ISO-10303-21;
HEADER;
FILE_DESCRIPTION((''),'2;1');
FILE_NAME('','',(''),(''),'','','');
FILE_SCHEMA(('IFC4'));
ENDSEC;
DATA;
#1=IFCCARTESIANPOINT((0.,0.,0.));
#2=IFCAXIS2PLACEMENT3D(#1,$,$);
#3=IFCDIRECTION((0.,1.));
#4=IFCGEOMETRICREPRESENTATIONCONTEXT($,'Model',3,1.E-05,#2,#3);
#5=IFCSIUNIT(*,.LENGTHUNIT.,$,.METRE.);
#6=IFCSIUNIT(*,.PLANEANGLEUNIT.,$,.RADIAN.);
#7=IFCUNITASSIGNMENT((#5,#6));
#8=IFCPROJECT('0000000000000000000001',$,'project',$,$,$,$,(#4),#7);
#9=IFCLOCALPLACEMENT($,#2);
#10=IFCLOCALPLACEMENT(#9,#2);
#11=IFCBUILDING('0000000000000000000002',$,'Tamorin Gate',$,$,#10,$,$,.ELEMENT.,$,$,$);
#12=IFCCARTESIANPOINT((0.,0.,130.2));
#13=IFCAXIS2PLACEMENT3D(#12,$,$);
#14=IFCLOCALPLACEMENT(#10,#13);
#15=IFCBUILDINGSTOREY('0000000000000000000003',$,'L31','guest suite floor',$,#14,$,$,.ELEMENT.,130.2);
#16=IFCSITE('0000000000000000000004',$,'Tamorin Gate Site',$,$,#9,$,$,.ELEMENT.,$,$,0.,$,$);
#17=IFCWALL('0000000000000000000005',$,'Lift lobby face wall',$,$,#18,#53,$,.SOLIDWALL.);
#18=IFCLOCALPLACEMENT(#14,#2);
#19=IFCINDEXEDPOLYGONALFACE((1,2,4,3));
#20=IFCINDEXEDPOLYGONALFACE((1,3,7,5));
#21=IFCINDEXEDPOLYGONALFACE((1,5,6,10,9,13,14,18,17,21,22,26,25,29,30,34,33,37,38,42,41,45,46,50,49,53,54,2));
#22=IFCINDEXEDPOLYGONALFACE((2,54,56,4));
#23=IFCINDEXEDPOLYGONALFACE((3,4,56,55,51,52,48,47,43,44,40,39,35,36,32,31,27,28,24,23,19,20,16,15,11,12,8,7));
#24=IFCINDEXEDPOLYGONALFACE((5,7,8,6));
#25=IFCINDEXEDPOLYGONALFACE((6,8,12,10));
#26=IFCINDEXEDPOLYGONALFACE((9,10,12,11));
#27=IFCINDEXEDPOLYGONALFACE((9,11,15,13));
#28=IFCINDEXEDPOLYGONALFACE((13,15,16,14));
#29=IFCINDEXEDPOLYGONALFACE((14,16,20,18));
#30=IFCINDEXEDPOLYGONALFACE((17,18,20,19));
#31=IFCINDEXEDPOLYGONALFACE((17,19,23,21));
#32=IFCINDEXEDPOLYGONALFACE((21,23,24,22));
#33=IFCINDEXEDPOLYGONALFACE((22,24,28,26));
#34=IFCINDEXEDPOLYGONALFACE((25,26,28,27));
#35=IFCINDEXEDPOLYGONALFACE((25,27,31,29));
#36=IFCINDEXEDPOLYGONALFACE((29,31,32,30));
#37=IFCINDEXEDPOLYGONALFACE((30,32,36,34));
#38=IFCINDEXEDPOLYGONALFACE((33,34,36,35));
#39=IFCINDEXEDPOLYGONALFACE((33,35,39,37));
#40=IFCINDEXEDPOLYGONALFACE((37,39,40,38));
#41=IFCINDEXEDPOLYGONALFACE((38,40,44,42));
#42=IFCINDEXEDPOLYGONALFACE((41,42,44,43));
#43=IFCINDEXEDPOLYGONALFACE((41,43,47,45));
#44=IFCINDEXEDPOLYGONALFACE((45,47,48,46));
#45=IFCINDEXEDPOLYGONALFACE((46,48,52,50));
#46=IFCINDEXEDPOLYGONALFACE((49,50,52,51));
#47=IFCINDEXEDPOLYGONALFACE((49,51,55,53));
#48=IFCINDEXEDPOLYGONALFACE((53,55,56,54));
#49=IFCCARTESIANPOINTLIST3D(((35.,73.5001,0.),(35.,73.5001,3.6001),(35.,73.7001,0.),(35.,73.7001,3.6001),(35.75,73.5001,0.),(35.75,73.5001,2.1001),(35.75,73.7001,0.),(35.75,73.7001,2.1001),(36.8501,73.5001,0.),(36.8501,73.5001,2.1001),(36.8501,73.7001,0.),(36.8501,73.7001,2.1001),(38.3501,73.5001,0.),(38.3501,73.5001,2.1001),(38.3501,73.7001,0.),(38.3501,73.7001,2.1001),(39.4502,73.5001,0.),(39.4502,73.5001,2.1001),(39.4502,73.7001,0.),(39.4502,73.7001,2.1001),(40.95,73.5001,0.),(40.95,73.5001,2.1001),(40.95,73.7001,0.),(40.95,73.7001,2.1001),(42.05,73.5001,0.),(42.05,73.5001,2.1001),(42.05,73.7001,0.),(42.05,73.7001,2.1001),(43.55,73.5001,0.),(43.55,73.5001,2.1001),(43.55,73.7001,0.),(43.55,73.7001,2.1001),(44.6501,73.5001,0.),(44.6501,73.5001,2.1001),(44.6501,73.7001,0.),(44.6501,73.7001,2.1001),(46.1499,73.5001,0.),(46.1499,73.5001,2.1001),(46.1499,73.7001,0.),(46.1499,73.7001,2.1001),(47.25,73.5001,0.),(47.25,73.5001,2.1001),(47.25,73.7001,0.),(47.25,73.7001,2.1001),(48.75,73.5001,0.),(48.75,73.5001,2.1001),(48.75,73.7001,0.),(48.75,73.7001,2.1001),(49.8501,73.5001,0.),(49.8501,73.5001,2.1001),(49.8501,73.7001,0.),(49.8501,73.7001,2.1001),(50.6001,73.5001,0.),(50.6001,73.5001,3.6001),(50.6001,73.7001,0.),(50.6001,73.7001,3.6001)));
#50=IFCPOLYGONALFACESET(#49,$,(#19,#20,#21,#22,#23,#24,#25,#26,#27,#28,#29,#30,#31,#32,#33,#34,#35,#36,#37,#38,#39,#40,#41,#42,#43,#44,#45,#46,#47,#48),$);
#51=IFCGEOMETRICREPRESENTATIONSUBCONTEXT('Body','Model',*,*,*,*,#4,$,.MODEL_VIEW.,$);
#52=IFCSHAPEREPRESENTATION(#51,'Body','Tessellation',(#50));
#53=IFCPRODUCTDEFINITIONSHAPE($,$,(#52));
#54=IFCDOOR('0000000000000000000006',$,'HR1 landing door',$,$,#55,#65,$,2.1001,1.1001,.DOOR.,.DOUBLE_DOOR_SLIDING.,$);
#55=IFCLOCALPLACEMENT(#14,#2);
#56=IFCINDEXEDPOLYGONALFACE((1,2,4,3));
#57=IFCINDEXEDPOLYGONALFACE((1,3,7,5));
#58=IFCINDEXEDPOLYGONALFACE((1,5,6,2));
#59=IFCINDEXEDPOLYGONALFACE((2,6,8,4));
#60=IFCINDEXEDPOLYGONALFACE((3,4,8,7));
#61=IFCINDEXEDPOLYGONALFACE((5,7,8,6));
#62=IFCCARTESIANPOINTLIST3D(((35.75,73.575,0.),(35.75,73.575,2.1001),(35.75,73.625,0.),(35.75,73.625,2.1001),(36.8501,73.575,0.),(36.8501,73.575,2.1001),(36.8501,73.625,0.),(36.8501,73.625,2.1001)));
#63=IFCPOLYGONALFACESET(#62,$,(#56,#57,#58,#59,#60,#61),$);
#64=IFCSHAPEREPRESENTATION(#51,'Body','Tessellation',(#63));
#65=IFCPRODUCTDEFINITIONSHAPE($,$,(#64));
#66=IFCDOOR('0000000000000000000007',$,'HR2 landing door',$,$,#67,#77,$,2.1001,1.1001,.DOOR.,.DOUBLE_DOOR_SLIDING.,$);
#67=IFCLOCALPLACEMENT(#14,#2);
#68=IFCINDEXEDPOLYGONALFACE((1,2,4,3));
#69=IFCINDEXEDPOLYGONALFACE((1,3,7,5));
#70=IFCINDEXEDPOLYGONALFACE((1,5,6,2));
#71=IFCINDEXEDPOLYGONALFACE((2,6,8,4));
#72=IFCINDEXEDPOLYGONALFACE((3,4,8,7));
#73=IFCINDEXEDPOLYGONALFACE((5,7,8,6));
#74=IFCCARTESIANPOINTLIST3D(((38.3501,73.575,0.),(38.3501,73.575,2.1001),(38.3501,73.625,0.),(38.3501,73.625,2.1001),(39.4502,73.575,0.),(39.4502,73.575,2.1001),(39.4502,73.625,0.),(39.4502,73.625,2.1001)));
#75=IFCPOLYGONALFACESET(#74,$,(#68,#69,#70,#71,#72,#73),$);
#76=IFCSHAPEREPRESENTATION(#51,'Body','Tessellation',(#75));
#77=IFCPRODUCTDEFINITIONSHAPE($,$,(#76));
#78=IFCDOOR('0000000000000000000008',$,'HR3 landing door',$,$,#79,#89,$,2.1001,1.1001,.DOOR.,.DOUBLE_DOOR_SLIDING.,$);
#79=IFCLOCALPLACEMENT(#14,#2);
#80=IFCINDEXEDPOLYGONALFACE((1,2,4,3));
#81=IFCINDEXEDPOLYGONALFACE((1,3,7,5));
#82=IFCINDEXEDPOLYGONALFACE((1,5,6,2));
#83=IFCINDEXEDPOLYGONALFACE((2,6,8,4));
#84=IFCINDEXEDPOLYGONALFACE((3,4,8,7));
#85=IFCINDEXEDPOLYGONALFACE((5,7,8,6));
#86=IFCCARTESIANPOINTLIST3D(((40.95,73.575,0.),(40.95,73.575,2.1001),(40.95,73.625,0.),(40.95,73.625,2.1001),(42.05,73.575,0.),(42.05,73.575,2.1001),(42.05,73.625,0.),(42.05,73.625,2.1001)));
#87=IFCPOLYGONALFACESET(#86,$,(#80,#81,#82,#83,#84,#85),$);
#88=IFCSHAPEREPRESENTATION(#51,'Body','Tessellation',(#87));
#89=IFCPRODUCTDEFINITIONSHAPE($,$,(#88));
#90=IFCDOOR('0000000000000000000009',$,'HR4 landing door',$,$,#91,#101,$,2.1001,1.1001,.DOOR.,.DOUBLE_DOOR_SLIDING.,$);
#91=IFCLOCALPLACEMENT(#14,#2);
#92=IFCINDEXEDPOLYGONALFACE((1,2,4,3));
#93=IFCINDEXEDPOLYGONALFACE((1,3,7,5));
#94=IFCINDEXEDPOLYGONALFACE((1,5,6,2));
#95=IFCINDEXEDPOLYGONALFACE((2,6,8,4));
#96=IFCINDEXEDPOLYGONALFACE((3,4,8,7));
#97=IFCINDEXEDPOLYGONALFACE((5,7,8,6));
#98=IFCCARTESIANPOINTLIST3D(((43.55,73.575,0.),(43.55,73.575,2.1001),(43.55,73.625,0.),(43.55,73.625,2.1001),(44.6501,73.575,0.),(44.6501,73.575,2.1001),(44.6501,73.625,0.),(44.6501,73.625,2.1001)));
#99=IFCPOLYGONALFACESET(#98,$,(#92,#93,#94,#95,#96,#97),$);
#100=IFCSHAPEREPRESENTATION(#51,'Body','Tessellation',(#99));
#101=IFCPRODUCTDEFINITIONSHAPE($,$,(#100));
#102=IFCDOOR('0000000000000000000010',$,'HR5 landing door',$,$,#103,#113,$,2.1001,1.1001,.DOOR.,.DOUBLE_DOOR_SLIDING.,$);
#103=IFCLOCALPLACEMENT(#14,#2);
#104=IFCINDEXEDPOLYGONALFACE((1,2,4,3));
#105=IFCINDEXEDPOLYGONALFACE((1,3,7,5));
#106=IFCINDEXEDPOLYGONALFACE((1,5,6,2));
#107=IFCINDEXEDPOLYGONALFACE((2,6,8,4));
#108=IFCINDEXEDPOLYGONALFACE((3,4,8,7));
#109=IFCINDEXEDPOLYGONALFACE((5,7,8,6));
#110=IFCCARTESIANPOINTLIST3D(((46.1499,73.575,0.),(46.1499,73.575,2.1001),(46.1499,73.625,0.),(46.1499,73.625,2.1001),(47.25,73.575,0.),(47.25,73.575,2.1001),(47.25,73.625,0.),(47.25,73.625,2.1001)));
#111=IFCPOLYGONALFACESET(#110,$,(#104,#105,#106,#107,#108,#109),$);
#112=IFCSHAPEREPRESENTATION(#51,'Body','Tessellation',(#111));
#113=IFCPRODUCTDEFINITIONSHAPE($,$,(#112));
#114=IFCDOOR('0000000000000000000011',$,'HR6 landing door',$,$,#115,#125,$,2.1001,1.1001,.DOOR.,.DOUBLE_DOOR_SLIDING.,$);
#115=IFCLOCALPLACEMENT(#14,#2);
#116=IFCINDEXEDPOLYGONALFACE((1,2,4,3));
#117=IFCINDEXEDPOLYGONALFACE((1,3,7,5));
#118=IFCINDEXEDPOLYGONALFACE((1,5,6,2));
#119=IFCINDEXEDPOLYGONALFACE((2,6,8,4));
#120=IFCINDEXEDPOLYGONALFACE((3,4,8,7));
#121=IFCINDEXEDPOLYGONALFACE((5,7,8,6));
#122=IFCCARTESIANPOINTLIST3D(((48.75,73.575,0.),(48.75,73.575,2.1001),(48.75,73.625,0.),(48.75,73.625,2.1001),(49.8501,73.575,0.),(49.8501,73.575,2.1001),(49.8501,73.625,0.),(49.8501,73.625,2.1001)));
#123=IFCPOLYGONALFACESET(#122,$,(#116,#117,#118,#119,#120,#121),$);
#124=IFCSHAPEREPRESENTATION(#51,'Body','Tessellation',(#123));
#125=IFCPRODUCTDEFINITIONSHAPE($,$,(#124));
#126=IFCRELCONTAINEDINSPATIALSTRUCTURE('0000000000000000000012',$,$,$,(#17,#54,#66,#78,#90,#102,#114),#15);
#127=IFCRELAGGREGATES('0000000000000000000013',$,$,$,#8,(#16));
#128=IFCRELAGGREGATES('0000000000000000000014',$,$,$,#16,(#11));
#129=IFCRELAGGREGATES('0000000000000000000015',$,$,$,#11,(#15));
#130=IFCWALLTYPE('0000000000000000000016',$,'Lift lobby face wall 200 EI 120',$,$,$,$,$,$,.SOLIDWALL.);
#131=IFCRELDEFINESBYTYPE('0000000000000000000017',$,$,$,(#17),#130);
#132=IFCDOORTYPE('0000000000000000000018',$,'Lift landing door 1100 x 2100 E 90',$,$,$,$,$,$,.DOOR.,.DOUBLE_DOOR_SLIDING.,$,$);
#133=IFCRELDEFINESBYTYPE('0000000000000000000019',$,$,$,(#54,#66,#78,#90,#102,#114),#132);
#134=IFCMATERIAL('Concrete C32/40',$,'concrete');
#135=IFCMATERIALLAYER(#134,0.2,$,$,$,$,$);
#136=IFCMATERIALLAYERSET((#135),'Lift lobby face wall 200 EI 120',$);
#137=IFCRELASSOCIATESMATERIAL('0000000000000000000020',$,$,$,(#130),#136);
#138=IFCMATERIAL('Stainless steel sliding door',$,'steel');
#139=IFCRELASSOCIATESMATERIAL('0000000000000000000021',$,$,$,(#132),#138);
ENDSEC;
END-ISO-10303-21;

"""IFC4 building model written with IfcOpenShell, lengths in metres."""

from ifc_helpers import new_model, si_unit, direction, frame, frame_2d, origin, place, context, subcontext, project, spatial, rectangle, extrude, material, layer, layer_set, type_object, element, fill, save


model = new_model("IFC4")

# Units and contexts
model_context = context("Model", 3, precision=1e-05, world=origin(), true_north=direction((0.0, 1.0)))
body_context = subcontext(model_context, "Body", "Model", "MODEL_VIEW")
ifc_project = project(units=[si_unit("LENGTHUNIT", "METRE"), si_unit("PLANEANGLEUNIT", "RADIAN")], contexts=[model_context])

# Site, building, storey
site_placement = place(None, origin())
site = spatial("IfcSite", under=ifc_project, at=site_placement, Name="Tamorin Gate Site", CompositionType="ELEMENT", RefElevation=0.0)
building_placement = place(site_placement, origin())
building = spatial("IfcBuilding", under=site, at=building_placement, Name="Tamorin Gate", CompositionType="ELEMENT")
storey_placement = place(building_placement, frame((0.0, 0.0, 130.2)))
storey = spatial("IfcBuildingStorey", under=building, at=storey_placement, Name="L31", Description="guest suite floor", CompositionType="ELEMENT", Elevation=130.2)

# Wall, openings, doors
ifc_material_1 = material(Name="Concrete C32/40", Category="concrete")
ifc_layer_1 = layer(ifc_material_1, 0.2)
ifc_layer_set_1 = layer_set([ifc_layer_1], Name="Lift lobby face wall 200 EI 120")
wall_type_1 = type_object("IfcWallType", Name="Lift lobby face wall 200 EI 120", PredefinedType="SOLIDWALL", material=ifc_layer_set_1)
wall_1_placement = place(storey_placement, frame((35.0, 73.6001, 0.0), z_axis=(0.0, 0.0, 1.0), x_axis=(1.0, 0.0, 0.0)))
wall_1 = element("IfcWall", 1, at=wall_1_placement, inside=storey, type_object=wall_type_1, Name="Lift lobby face wall", PredefinedType="SOLIDWALL", context=body_context, shape_type="SweptSolid", body=[
    extrude(rectangle(XDim=15.6001, YDim=0.2, at=frame_2d((7.8, 0.0))), origin(), (0.0, 0.0, 1.0), 3.6001),
])
opening_1_placement = place(wall_1_placement, frame((0.75, 0.0, 0.0)))
opening_1 = element("IfcOpeningElement", 2, at=opening_1_placement, cuts=wall_1, PredefinedType="OPENING", context=body_context, shape_type="SweptSolid", body=[
    extrude(rectangle(XDim=1.1001, YDim=2.1001, at=frame_2d((0.55, 1.05))), frame((0.0, 0.1099, 0.0), z_axis=(0.0, -1.0, 0.0), x_axis=(1.0, 0.0, 0.0)), (0.0, 0.0, 1.0), 0.22),
])
opening_2_placement = place(wall_1_placement, frame((3.3501, 0.0, 0.0)))
opening_2 = element("IfcOpeningElement", 3, at=opening_2_placement, cuts=wall_1, PredefinedType="OPENING", context=body_context, shape_type="SweptSolid", body=[
    extrude(rectangle(XDim=1.1001, YDim=2.1001, at=frame_2d((0.55, 1.05))), frame((0.0, 0.1099, 0.0), z_axis=(0.0, -1.0, 0.0), x_axis=(1.0, 0.0, 0.0)), (0.0, 0.0, 1.0), 0.22),
])
opening_3_placement = place(wall_1_placement, frame((5.95, 0.0, 0.0)))
opening_3 = element("IfcOpeningElement", 4, at=opening_3_placement, cuts=wall_1, PredefinedType="OPENING", context=body_context, shape_type="SweptSolid", body=[
    extrude(rectangle(XDim=1.1001, YDim=2.1001, at=frame_2d((0.55, 1.05))), frame((0.0, 0.1099, 0.0), z_axis=(0.0, -1.0, 0.0), x_axis=(1.0, 0.0, 0.0)), (0.0, 0.0, 1.0), 0.22),
])
opening_4_placement = place(wall_1_placement, frame((8.55, 0.0, 0.0)))
opening_4 = element("IfcOpeningElement", 5, at=opening_4_placement, cuts=wall_1, PredefinedType="OPENING", context=body_context, shape_type="SweptSolid", body=[
    extrude(rectangle(XDim=1.1001, YDim=2.1001, at=frame_2d((0.55, 1.05))), frame((0.0, 0.1099, 0.0), z_axis=(0.0, -1.0, 0.0), x_axis=(1.0, 0.0, 0.0)), (0.0, 0.0, 1.0), 0.22),
])
opening_5_placement = place(wall_1_placement, frame((11.1499, 0.0, 0.0)))
opening_5 = element("IfcOpeningElement", 6, at=opening_5_placement, cuts=wall_1, PredefinedType="OPENING", context=body_context, shape_type="SweptSolid", body=[
    extrude(rectangle(XDim=1.1001, YDim=2.1001, at=frame_2d((0.55, 1.05))), frame((0.0, 0.1099, 0.0), z_axis=(0.0, -1.0, 0.0), x_axis=(1.0, 0.0, 0.0)), (0.0, 0.0, 1.0), 0.22),
])
opening_6_placement = place(wall_1_placement, frame((13.75, 0.0, 0.0)))
opening_6 = element("IfcOpeningElement", 7, at=opening_6_placement, cuts=wall_1, PredefinedType="OPENING", context=body_context, shape_type="SweptSolid", body=[
    extrude(rectangle(XDim=1.1001, YDim=2.1001, at=frame_2d((0.55, 1.05))), frame((0.0, 0.1099, 0.0), z_axis=(0.0, -1.0, 0.0), x_axis=(1.0, 0.0, 0.0)), (0.0, 0.0, 1.0), 0.22),
])
ifc_material_2 = material(Name="Stainless steel sliding door", Category="steel")
door_type_1 = type_object("IfcDoorType", Name="Lift landing door 1100 x 2100 E 90", OperationType="DOUBLE_DOOR_SLIDING", PredefinedType="DOOR", material=ifc_material_2)
door_1_placement = place(opening_1_placement, origin())
door_1 = element("IfcDoor", 8, at=door_1_placement, inside=storey, type_object=door_type_1, Name="HR1 landing door", OperationType="DOUBLE_DOOR_SLIDING", OverallHeight=2.1001, OverallWidth=1.1001, PredefinedType="DOOR", context=body_context, shape_type="SweptSolid", body=[
    extrude(rectangle(XDim=1.1001, YDim=2.1001, at=frame_2d((0.55, 1.05))), frame((0.0, 0.0249, 0.0), z_axis=(0.0, -1.0, 0.0), x_axis=(1.0, 0.0, 0.0)), (0.0, 0.0, 1.0), 0.05),
])
fill(opening_1, door_1)
door_2_placement = place(opening_2_placement, origin())
door_2 = element("IfcDoor", 9, at=door_2_placement, inside=storey, type_object=door_type_1, Name="HR2 landing door", OperationType="DOUBLE_DOOR_SLIDING", OverallHeight=2.1001, OverallWidth=1.1001, PredefinedType="DOOR", context=body_context, shape_type="SweptSolid", body=[
    extrude(rectangle(XDim=1.1001, YDim=2.1001, at=frame_2d((0.55, 1.05))), frame((0.0, 0.0249, 0.0), z_axis=(0.0, -1.0, 0.0), x_axis=(1.0, 0.0, 0.0)), (0.0, 0.0, 1.0), 0.05),
])
fill(opening_2, door_2)
door_3_placement = place(opening_3_placement, origin())
door_3 = element("IfcDoor", 10, at=door_3_placement, inside=storey, type_object=door_type_1, Name="HR3 landing door", OperationType="DOUBLE_DOOR_SLIDING", OverallHeight=2.1001, OverallWidth=1.1001, PredefinedType="DOOR", context=body_context, shape_type="SweptSolid", body=[
    extrude(rectangle(XDim=1.1001, YDim=2.1001, at=frame_2d((0.55, 1.05))), frame((0.0, 0.0249, 0.0), z_axis=(0.0, -1.0, 0.0), x_axis=(1.0, 0.0, 0.0)), (0.0, 0.0, 1.0), 0.05),
])
fill(opening_3, door_3)
door_4_placement = place(opening_4_placement, origin())
door_4 = element("IfcDoor", 11, at=door_4_placement, inside=storey, type_object=door_type_1, Name="HR4 landing door", OperationType="DOUBLE_DOOR_SLIDING", OverallHeight=2.1001, OverallWidth=1.1001, PredefinedType="DOOR", context=body_context, shape_type="SweptSolid", body=[
    extrude(rectangle(XDim=1.1001, YDim=2.1001, at=frame_2d((0.55, 1.05))), frame((0.0, 0.0249, 0.0), z_axis=(0.0, -1.0, 0.0), x_axis=(1.0, 0.0, 0.0)), (0.0, 0.0, 1.0), 0.05),
])
fill(opening_4, door_4)
door_5_placement = place(opening_5_placement, origin())
door_5 = element("IfcDoor", 12, at=door_5_placement, inside=storey, type_object=door_type_1, Name="HR5 landing door", OperationType="DOUBLE_DOOR_SLIDING", OverallHeight=2.1001, OverallWidth=1.1001, PredefinedType="DOOR", context=body_context, shape_type="SweptSolid", body=[
    extrude(rectangle(XDim=1.1001, YDim=2.1001, at=frame_2d((0.55, 1.05))), frame((0.0, 0.0249, 0.0), z_axis=(0.0, -1.0, 0.0), x_axis=(1.0, 0.0, 0.0)), (0.0, 0.0, 1.0), 0.05),
])
fill(opening_5, door_5)
door_6_placement = place(opening_6_placement, origin())
door_6 = element("IfcDoor", 13, at=door_6_placement, inside=storey, type_object=door_type_1, Name="HR6 landing door", OperationType="DOUBLE_DOOR_SLIDING", OverallHeight=2.1001, OverallWidth=1.1001, PredefinedType="DOOR", context=body_context, shape_type="SweptSolid", body=[
    extrude(rectangle(XDim=1.1001, YDim=2.1001, at=frame_2d((0.55, 1.05))), frame((0.0, 0.0249, 0.0), z_axis=(0.0, -1.0, 0.0), x_axis=(1.0, 0.0, 0.0)), (0.0, 0.0, 1.0), 0.05),
])
fill(opening_6, door_6)

save(model, "model.ifc")
